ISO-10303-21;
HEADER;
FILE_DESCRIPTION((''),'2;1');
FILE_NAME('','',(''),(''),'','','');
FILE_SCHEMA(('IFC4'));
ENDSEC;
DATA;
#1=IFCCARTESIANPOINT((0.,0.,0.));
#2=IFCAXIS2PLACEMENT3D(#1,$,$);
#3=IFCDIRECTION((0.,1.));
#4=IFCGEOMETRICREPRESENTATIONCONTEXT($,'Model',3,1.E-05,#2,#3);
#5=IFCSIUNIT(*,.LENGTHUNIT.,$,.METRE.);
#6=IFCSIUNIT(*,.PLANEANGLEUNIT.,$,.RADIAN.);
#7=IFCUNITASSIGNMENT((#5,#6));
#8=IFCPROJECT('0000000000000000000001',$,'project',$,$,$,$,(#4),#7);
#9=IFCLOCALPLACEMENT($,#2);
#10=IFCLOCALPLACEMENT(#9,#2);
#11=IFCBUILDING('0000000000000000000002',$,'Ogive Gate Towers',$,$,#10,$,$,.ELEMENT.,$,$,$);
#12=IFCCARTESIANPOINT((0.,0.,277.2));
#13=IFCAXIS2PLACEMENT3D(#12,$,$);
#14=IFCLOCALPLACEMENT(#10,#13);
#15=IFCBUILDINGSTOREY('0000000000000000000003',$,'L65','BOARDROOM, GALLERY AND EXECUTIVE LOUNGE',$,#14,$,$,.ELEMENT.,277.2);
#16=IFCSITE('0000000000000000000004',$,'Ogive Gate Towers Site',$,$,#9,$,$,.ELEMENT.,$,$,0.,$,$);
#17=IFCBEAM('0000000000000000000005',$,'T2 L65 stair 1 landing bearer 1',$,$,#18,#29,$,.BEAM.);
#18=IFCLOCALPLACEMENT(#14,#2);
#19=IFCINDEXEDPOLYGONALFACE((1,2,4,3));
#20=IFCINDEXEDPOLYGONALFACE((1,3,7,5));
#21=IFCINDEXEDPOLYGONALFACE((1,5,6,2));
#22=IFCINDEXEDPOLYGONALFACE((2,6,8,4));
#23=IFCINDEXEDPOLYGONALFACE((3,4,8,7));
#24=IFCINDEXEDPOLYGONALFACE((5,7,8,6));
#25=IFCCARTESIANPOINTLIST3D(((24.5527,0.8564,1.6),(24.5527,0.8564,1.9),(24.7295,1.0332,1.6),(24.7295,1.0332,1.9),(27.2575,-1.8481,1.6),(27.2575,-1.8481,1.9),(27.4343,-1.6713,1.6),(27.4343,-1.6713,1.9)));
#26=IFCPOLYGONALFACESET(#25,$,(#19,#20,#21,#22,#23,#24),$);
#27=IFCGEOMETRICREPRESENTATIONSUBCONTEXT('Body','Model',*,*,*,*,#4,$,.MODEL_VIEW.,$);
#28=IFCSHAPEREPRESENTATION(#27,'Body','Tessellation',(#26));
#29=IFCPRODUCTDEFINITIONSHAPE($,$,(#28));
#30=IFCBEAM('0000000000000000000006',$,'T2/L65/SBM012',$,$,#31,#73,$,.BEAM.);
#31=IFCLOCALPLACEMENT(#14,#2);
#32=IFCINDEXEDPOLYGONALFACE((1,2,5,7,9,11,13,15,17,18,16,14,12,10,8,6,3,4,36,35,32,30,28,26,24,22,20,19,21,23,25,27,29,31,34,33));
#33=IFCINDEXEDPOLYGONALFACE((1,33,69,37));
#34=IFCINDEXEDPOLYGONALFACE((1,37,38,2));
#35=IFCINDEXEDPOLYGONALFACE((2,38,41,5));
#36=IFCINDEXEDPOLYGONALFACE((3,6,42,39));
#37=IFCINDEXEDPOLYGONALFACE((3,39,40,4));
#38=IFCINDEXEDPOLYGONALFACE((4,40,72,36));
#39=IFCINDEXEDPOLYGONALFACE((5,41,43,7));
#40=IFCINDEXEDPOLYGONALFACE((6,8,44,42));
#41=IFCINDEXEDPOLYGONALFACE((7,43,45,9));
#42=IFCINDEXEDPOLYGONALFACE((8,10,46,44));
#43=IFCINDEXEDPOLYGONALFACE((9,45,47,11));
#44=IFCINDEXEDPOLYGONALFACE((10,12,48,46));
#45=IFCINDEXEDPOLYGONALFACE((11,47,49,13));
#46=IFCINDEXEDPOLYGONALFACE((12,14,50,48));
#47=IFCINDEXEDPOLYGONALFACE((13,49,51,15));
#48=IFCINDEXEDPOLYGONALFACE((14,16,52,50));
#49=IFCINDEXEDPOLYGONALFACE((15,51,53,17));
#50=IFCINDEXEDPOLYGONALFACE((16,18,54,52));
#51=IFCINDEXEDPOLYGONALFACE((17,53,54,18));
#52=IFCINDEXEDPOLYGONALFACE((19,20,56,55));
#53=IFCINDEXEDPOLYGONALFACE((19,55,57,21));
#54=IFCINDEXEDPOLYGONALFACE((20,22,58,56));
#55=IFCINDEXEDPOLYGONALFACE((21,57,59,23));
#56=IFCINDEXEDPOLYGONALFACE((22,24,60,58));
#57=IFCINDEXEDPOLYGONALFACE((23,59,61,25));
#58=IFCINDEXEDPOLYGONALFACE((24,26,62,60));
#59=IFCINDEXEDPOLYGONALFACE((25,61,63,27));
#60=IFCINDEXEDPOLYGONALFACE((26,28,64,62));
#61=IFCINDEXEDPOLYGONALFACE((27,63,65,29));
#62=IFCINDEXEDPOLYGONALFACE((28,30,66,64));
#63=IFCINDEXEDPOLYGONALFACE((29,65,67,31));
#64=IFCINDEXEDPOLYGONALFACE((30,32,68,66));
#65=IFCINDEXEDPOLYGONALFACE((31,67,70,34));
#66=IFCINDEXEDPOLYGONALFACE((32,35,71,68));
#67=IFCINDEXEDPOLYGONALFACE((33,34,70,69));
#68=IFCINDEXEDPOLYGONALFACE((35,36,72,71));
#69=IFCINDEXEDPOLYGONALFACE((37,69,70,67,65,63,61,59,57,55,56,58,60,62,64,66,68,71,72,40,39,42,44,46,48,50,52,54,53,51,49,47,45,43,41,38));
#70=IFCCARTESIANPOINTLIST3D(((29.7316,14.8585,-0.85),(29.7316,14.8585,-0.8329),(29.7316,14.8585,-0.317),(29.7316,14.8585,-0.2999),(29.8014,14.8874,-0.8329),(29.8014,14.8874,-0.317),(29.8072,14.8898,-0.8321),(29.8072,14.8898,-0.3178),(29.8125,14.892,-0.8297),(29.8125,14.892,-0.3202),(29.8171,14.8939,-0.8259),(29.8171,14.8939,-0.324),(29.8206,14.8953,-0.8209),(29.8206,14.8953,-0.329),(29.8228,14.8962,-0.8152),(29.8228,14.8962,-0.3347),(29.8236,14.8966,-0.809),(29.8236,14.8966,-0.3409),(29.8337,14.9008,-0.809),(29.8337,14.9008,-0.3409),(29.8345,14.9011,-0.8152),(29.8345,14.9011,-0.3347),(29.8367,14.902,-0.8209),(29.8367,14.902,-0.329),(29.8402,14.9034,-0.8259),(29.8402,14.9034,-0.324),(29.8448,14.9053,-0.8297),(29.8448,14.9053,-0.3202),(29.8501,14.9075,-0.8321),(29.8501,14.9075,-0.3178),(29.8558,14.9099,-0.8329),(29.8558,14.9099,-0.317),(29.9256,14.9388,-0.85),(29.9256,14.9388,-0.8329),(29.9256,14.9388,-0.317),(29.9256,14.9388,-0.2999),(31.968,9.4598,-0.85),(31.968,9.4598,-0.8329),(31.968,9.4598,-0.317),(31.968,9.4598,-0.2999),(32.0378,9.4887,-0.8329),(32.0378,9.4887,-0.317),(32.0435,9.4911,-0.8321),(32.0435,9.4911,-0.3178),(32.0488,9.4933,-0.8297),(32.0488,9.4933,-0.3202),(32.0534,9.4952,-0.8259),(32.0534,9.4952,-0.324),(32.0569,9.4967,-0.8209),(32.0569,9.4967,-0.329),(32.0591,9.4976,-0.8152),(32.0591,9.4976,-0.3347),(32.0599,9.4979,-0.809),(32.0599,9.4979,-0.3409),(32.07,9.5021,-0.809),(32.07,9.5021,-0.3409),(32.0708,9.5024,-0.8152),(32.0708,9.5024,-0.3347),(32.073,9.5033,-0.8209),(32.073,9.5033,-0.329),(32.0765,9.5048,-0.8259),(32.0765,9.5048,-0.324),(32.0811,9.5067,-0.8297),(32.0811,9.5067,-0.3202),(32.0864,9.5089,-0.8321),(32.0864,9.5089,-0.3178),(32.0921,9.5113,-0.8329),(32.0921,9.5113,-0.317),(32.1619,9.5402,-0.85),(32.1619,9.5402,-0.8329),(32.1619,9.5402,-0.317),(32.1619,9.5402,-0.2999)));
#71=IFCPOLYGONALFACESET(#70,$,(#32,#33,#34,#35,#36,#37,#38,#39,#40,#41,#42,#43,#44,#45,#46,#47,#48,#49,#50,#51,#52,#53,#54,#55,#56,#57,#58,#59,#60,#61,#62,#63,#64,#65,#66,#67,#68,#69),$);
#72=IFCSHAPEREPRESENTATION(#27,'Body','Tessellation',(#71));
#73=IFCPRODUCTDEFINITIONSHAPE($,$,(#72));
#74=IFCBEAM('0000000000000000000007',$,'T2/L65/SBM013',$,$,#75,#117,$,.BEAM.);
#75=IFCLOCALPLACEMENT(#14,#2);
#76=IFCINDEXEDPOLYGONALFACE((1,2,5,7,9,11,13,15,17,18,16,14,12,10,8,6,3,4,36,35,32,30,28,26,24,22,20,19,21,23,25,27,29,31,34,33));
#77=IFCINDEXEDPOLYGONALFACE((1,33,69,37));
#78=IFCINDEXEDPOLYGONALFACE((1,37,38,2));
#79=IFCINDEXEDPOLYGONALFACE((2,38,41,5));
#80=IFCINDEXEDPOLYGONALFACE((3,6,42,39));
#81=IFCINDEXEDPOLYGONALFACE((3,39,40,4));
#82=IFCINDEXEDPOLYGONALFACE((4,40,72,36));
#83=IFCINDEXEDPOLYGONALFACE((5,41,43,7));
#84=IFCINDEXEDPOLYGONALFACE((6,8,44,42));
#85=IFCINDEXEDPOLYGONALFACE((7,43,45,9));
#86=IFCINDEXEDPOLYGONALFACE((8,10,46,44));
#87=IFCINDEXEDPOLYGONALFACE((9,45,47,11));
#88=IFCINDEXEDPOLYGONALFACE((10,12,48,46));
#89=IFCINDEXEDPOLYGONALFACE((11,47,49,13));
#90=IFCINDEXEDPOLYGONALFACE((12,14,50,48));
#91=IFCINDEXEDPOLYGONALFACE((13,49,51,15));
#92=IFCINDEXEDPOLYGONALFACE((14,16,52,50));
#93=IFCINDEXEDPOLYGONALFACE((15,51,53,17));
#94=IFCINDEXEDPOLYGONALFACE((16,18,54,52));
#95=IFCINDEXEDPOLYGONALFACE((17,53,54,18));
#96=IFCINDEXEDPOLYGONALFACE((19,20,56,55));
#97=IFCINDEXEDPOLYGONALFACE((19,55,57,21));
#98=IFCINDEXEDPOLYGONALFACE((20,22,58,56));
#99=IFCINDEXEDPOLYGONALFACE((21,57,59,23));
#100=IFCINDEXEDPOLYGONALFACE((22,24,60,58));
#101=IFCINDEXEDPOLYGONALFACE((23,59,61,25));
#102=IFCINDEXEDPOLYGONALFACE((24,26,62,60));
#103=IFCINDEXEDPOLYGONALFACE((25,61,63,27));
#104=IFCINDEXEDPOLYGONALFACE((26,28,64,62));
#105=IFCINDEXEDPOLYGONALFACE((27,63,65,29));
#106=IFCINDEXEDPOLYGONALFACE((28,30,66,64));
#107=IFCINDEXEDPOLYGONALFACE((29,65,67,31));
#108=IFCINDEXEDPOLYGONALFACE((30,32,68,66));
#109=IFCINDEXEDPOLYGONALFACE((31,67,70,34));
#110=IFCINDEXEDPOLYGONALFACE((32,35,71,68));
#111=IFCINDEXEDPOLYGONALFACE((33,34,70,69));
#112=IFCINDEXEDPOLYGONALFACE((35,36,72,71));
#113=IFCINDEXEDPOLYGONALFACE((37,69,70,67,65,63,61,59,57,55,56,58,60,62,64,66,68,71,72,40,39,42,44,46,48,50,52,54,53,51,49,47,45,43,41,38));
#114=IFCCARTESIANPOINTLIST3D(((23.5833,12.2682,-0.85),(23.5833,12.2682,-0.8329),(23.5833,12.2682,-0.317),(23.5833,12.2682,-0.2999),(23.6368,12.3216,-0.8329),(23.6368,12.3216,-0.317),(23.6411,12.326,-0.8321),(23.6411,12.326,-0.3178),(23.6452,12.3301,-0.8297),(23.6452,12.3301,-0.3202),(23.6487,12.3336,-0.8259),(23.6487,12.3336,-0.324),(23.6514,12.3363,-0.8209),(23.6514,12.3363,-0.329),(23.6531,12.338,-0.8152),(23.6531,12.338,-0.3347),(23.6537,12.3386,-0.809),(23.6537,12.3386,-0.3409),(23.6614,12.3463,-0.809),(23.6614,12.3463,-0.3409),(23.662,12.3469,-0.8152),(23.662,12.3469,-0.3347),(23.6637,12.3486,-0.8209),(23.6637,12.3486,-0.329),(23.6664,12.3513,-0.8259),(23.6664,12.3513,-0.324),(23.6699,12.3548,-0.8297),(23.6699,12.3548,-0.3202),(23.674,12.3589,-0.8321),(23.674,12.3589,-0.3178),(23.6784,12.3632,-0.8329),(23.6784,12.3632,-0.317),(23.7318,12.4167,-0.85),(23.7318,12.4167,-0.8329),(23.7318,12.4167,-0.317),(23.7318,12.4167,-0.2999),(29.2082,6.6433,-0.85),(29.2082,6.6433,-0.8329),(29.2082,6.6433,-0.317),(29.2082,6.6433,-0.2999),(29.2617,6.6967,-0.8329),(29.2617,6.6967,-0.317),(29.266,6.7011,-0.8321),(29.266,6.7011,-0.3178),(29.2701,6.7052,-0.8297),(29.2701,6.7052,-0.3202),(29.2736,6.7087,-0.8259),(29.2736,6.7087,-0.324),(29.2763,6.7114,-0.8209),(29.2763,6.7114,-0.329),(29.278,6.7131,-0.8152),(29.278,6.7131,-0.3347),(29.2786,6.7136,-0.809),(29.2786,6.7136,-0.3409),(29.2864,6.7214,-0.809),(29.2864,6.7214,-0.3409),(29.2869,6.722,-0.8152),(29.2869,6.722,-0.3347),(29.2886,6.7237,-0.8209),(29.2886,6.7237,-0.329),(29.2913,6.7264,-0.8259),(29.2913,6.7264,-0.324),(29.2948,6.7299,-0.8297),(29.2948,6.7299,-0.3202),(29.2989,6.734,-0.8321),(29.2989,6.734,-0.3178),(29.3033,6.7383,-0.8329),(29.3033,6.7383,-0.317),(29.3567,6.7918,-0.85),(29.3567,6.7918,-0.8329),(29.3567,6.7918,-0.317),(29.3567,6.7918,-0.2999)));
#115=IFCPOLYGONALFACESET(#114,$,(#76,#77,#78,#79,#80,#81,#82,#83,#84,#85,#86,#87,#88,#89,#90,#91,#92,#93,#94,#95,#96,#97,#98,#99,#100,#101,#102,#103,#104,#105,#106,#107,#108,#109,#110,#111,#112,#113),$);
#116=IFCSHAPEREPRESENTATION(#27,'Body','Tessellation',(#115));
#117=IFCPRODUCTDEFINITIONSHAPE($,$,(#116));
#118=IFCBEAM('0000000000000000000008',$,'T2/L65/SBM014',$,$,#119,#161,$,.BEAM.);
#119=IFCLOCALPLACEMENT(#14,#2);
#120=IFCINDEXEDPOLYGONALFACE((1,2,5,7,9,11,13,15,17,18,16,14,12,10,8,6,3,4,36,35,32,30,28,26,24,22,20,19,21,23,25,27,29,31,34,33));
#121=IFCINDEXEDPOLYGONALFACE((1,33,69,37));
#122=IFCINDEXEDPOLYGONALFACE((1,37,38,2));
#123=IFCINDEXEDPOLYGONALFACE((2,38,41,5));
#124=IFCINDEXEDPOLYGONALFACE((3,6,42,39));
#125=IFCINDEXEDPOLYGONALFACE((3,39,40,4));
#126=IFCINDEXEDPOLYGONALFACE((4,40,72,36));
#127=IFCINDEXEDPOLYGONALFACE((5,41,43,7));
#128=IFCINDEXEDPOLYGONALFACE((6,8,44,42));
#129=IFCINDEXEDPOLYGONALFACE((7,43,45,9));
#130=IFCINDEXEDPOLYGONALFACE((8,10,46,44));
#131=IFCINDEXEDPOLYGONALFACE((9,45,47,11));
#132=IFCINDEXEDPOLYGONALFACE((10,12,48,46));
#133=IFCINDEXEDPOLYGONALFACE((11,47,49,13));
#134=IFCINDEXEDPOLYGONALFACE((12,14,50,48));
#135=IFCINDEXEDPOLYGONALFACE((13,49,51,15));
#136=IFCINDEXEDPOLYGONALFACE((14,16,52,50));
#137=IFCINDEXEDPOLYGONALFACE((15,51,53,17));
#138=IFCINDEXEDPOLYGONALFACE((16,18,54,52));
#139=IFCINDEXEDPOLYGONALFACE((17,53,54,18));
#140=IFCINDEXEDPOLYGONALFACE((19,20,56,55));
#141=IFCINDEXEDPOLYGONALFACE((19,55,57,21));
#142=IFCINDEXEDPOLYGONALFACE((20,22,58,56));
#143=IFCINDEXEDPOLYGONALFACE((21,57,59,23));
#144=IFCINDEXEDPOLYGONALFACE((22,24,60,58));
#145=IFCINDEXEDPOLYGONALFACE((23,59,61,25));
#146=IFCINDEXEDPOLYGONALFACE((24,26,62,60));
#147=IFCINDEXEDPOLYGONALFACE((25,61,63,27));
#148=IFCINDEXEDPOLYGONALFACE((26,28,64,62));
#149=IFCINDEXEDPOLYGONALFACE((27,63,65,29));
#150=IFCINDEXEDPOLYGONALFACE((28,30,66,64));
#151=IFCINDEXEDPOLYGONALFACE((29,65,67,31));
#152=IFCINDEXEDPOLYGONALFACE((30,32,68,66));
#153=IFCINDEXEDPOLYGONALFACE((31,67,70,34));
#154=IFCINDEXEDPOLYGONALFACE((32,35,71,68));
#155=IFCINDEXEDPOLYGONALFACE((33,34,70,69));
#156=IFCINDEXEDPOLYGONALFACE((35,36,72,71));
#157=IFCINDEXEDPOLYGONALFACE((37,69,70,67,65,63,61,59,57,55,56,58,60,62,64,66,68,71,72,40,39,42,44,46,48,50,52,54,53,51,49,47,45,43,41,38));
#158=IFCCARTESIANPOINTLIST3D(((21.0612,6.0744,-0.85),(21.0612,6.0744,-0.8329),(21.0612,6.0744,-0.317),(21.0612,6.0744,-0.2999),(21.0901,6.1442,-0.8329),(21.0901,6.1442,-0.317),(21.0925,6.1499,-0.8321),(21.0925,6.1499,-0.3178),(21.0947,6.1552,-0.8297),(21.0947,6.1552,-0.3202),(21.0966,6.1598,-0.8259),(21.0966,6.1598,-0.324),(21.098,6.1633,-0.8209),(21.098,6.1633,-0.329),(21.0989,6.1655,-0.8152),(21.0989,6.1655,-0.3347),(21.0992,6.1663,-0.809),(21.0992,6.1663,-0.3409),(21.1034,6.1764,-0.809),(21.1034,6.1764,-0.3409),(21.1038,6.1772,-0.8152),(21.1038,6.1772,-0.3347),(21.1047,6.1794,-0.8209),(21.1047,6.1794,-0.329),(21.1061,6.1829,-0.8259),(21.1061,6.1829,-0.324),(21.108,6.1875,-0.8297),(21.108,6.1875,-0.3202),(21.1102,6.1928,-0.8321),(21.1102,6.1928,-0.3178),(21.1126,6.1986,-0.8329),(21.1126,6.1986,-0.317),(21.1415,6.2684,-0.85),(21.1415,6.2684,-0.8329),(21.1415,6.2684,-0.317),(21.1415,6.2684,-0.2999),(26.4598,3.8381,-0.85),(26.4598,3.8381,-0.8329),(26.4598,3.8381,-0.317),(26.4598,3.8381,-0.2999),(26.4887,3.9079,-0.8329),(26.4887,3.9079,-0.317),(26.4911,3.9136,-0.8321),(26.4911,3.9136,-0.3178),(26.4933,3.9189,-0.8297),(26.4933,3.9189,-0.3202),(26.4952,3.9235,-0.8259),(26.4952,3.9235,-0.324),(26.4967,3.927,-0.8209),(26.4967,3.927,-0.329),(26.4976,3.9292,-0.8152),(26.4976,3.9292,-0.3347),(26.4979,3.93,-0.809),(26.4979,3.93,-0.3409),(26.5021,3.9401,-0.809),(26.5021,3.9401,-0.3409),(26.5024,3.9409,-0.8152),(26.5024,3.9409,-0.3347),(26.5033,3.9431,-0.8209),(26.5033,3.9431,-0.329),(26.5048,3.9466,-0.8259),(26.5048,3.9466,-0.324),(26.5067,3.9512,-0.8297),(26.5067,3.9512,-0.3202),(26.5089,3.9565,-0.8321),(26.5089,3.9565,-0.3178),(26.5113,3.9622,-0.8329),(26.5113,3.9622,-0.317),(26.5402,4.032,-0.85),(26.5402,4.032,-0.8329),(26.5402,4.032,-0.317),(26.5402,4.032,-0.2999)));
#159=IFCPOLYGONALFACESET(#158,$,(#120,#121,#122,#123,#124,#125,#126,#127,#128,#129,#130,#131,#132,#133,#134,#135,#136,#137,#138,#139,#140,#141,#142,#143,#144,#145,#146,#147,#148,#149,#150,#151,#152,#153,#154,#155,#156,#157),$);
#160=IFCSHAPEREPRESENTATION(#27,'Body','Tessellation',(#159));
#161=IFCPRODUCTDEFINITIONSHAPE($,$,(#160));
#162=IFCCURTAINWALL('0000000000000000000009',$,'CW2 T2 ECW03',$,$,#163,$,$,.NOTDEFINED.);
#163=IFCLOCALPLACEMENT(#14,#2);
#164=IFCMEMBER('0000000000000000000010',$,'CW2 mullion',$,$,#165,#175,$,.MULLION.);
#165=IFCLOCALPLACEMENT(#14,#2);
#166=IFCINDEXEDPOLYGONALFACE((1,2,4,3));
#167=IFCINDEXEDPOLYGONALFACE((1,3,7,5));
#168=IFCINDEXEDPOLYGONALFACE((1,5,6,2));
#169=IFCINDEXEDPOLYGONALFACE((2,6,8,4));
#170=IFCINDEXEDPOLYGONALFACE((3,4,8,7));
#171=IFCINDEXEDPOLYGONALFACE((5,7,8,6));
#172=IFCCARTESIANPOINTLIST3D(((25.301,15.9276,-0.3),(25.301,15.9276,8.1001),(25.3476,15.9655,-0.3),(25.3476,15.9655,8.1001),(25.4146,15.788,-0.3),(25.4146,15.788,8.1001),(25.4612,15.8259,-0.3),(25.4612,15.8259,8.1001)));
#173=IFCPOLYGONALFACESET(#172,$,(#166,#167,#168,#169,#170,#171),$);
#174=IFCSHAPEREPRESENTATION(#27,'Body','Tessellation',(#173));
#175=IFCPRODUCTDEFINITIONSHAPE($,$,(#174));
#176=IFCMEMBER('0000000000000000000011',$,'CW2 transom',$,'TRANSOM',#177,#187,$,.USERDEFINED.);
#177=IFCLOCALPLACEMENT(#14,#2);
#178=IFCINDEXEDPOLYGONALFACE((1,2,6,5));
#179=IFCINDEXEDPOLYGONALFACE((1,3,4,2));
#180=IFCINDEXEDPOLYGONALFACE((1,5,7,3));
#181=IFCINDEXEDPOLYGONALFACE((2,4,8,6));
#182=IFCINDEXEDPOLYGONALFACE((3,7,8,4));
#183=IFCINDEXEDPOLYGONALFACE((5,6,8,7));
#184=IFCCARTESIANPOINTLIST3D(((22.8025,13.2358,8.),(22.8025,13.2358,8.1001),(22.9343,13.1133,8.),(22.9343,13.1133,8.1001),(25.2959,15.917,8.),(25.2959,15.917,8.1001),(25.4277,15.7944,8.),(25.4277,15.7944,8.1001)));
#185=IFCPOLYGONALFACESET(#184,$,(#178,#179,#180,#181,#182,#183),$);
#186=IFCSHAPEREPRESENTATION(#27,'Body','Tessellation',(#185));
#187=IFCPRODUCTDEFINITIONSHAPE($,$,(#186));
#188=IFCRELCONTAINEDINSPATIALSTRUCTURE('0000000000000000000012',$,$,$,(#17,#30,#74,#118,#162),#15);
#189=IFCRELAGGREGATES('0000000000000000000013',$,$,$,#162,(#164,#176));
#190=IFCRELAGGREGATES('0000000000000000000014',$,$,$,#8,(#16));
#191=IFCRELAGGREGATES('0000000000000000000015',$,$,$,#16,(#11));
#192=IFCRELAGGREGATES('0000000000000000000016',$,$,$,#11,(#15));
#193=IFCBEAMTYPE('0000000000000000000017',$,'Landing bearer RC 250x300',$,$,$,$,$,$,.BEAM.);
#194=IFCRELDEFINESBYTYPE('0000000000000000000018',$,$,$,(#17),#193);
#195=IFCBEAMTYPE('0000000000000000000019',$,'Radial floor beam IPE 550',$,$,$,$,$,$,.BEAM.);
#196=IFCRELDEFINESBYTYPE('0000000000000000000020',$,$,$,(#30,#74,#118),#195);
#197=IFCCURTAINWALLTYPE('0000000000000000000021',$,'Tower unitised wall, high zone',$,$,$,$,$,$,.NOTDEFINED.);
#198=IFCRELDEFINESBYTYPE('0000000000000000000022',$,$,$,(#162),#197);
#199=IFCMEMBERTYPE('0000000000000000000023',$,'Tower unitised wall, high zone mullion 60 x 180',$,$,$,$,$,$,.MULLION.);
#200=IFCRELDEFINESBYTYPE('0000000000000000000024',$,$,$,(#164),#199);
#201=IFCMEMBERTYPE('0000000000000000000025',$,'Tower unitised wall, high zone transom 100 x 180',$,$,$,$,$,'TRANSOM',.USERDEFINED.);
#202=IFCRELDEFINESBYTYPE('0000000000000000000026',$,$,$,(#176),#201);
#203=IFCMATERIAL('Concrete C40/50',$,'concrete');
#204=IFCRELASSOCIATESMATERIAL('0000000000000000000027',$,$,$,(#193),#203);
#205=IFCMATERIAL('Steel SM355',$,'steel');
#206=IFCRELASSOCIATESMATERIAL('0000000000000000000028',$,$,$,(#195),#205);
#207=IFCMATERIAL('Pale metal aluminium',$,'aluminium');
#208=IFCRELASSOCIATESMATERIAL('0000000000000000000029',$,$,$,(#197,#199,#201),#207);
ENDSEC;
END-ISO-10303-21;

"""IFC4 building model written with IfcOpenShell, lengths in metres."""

from ifc_helpers import new_model, si_unit, direction, frame, origin, origin_2d, place, context, subcontext, project, spatial, rectangle, i_section, extrude, material, material_profile, profile_set, type_object, element, aggregate, save


model = new_model("IFC4")

# Units and contexts
model_context = context("Model", 3, precision=1e-05, world=origin(), true_north=direction((0.0, 1.0)))
body_context = subcontext(model_context, "Body", "Model", "MODEL_VIEW")
ifc_project = project(units=[si_unit("LENGTHUNIT", "METRE"), si_unit("PLANEANGLEUNIT", "RADIAN")], contexts=[model_context])

# Site, building, storey
site_placement = place(None, origin())
site = spatial("IfcSite", under=ifc_project, at=site_placement, Name="Ogive Gate Towers Site", CompositionType="ELEMENT", RefElevation=0.0)
building_placement = place(site_placement, origin())
building = spatial("IfcBuilding", under=site, at=building_placement, Name="Ogive Gate Towers", CompositionType="ELEMENT")
storey_placement = place(building_placement, frame((0.0, 0.0, 277.2)))
storey = spatial("IfcBuildingStorey", under=building, at=storey_placement, Name="L65", Description="BOARDROOM, GALLERY AND EXECUTIVE LOUNGE", CompositionType="ELEMENT", Elevation=277.2)

# Beams
ifc_material_1 = material(Name="Concrete C40/50", Category="concrete")
ifc_material_profile_1 = material_profile(ifc_material_1, rectangle(XDim=0.25, YDim=0.3, at=origin_2d()), Name="RC 250x300")
ifc_profile_set_1 = profile_set([ifc_material_profile_1], Name="Concrete C40/50")
beam_type_1 = type_object("IfcBeamType", Name="Landing bearer RC 250x300", PredefinedType="BEAM", material=ifc_profile_set_1)
beam_1_placement = place(storey_placement, frame((24.6411, 0.9448, 1.75), z_axis=(0.707139, -0.707075, 0.0), x_axis=(0.707075, 0.707139, 0.0)))
element("IfcBeam", 1, at=beam_1_placement, inside=storey, type_object=beam_type_1, Name="T2 L65 stair 1 landing bearer 1", PredefinedType="BEAM", context=body_context, shape_type="SweptSolid", body=[
    extrude(rectangle(XDim=0.25, YDim=0.3, at=origin_2d()), origin(), (0.0, 0.0, 1.0), 3.825),
])
ifc_material_2 = material(Name="Steel SM355", Category="steel")
ifc_material_profile_2 = material_profile(ifc_material_2, i_section(OverallWidth=0.21, OverallDepth=0.55, WebThickness=0.011, FlangeThickness=0.0171, FilletRadius=0.0239, at=origin_2d()), Name="IPE 550")
ifc_profile_set_2 = profile_set([ifc_material_profile_2], Name="Steel SM355")
beam_type_2 = type_object("IfcBeamType", Name="Radial floor beam IPE 550", PredefinedType="BEAM", material=ifc_profile_set_2)
beam_2_placement = place(storey_placement, frame((32.0649, 9.5, -0.575), z_axis=(-0.382701, 0.923872, 0.0), x_axis=(-0.923872, -0.382701, 0.0)))
element("IfcBeam", 2, at=beam_2_placement, inside=storey, type_object=beam_type_2, Name="T2/L65/SBM012", PredefinedType="BEAM", context=body_context, shape_type="SweptSolid", body=[
    extrude(i_section(OverallWidth=0.21, OverallDepth=0.55, WebThickness=0.011, FlangeThickness=0.0171, FilletRadius=0.0239, at=origin_2d()), origin(), (0.0, 0.0, 1.0), 5.8435),
])
beam_3_placement = place(storey_placement, frame((29.2825, 6.7175, -0.575), z_axis=(-0.707107, 0.707107, 0.0), x_axis=(-0.707107, -0.707107, 0.0)))
element("IfcBeam", 3, at=beam_3_placement, inside=storey, type_object=beam_type_2, Name="T2/L65/SBM013", PredefinedType="BEAM", context=body_context, shape_type="SweptSolid", body=[
    extrude(i_section(OverallWidth=0.21, OverallDepth=0.55, WebThickness=0.011, FlangeThickness=0.0171, FilletRadius=0.0239, at=origin_2d()), origin(), (0.0, 0.0, 1.0), 7.9548),
])
beam_4_placement = place(storey_placement, frame((26.5, 3.9351, -0.575), z_axis=(-0.923872, 0.382701, 0.0), x_axis=(-0.382701, -0.923872, 0.0)))
element("IfcBeam", 4, at=beam_4_placement, inside=storey, type_object=beam_type_2, Name="T2/L65/SBM014", PredefinedType="BEAM", context=body_context, shape_type="SweptSolid", body=[
    extrude(i_section(OverallWidth=0.21, OverallDepth=0.55, WebThickness=0.011, FlangeThickness=0.0171, FilletRadius=0.0239, at=origin_2d()), origin(), (0.0, 0.0, 1.0), 5.8435),
])

# Curtain wall, members
ifc_material_3 = material(Name="Pale metal aluminium", Category="aluminium")
curtain_wall_type = type_object("IfcCurtainWallType", Name="Tower unitised wall, high zone", PredefinedType="NOTDEFINED", material=ifc_material_3)
curtain_wall_placement = place(storey_placement, origin())
curtain_wall = element("IfcCurtainWall", 5, at=curtain_wall_placement, inside=storey, type_object=curtain_wall_type, Name="CW2 T2 ECW03", PredefinedType="NOTDEFINED")
ifc_material_profile_3 = material_profile(ifc_material_3, rectangle(XDim=0.1799, YDim=0.0601, at=origin_2d()), Name="60 x 180 aluminium box")
ifc_profile_set_3 = profile_set([ifc_material_profile_3], Name="Pale metal aluminium")
member_type_1 = type_object("IfcMemberType", Name="Tower unitised wall, high zone mullion 60 x 180", PredefinedType="MULLION", material=ifc_profile_set_3)
member_1_placement = place(storey_placement, frame((25.3811, 15.8767, -0.3), z_axis=(0.0, 0.0, 1.0), x_axis=(-0.631001, 0.775782, 0.0)))
member_1 = element("IfcMember", 6, at=member_1_placement, type_object=member_type_1, Name="CW2 mullion", PredefinedType="MULLION", context=body_context, shape_type="SweptSolid", body=[
    extrude(rectangle(XDim=0.1799, YDim=0.0601, at=origin_2d()), origin(), (0.0, 0.0, 1.0), 8.4001),
])
ifc_material_profile_4 = material_profile(ifc_material_3, rectangle(XDim=0.1799, YDim=0.1001, at=origin_2d()), Name="100 x 180 aluminium box")
ifc_profile_set_4 = profile_set([ifc_material_profile_4], Name="Pale metal aluminium")
member_type_2 = type_object("IfcMemberType", Name="Tower unitised wall, high zone transom 100 x 180", ElementType="TRANSOM", PredefinedType="USERDEFINED", material=ifc_profile_set_4)
member_2_placement = place(storey_placement, frame((25.3618, 15.8557, 8.05), z_axis=(-0.681003, -0.73228, 0.0), x_axis=(0.73228, -0.681003, 0.0)))
member_2 = element("IfcMember", 7, at=member_2_placement, type_object=member_type_2, Name="CW2 transom", ObjectType="TRANSOM", PredefinedType="USERDEFINED", context=body_context, shape_type="SweptSolid", body=[
    extrude(rectangle(XDim=0.1799, YDim=0.1001, at=origin_2d()), origin(), (0.0, 0.0, 1.0), 3.6614),
])
aggregate(curtain_wall, [member_1, member_2])

save(model, "model.ifc")
